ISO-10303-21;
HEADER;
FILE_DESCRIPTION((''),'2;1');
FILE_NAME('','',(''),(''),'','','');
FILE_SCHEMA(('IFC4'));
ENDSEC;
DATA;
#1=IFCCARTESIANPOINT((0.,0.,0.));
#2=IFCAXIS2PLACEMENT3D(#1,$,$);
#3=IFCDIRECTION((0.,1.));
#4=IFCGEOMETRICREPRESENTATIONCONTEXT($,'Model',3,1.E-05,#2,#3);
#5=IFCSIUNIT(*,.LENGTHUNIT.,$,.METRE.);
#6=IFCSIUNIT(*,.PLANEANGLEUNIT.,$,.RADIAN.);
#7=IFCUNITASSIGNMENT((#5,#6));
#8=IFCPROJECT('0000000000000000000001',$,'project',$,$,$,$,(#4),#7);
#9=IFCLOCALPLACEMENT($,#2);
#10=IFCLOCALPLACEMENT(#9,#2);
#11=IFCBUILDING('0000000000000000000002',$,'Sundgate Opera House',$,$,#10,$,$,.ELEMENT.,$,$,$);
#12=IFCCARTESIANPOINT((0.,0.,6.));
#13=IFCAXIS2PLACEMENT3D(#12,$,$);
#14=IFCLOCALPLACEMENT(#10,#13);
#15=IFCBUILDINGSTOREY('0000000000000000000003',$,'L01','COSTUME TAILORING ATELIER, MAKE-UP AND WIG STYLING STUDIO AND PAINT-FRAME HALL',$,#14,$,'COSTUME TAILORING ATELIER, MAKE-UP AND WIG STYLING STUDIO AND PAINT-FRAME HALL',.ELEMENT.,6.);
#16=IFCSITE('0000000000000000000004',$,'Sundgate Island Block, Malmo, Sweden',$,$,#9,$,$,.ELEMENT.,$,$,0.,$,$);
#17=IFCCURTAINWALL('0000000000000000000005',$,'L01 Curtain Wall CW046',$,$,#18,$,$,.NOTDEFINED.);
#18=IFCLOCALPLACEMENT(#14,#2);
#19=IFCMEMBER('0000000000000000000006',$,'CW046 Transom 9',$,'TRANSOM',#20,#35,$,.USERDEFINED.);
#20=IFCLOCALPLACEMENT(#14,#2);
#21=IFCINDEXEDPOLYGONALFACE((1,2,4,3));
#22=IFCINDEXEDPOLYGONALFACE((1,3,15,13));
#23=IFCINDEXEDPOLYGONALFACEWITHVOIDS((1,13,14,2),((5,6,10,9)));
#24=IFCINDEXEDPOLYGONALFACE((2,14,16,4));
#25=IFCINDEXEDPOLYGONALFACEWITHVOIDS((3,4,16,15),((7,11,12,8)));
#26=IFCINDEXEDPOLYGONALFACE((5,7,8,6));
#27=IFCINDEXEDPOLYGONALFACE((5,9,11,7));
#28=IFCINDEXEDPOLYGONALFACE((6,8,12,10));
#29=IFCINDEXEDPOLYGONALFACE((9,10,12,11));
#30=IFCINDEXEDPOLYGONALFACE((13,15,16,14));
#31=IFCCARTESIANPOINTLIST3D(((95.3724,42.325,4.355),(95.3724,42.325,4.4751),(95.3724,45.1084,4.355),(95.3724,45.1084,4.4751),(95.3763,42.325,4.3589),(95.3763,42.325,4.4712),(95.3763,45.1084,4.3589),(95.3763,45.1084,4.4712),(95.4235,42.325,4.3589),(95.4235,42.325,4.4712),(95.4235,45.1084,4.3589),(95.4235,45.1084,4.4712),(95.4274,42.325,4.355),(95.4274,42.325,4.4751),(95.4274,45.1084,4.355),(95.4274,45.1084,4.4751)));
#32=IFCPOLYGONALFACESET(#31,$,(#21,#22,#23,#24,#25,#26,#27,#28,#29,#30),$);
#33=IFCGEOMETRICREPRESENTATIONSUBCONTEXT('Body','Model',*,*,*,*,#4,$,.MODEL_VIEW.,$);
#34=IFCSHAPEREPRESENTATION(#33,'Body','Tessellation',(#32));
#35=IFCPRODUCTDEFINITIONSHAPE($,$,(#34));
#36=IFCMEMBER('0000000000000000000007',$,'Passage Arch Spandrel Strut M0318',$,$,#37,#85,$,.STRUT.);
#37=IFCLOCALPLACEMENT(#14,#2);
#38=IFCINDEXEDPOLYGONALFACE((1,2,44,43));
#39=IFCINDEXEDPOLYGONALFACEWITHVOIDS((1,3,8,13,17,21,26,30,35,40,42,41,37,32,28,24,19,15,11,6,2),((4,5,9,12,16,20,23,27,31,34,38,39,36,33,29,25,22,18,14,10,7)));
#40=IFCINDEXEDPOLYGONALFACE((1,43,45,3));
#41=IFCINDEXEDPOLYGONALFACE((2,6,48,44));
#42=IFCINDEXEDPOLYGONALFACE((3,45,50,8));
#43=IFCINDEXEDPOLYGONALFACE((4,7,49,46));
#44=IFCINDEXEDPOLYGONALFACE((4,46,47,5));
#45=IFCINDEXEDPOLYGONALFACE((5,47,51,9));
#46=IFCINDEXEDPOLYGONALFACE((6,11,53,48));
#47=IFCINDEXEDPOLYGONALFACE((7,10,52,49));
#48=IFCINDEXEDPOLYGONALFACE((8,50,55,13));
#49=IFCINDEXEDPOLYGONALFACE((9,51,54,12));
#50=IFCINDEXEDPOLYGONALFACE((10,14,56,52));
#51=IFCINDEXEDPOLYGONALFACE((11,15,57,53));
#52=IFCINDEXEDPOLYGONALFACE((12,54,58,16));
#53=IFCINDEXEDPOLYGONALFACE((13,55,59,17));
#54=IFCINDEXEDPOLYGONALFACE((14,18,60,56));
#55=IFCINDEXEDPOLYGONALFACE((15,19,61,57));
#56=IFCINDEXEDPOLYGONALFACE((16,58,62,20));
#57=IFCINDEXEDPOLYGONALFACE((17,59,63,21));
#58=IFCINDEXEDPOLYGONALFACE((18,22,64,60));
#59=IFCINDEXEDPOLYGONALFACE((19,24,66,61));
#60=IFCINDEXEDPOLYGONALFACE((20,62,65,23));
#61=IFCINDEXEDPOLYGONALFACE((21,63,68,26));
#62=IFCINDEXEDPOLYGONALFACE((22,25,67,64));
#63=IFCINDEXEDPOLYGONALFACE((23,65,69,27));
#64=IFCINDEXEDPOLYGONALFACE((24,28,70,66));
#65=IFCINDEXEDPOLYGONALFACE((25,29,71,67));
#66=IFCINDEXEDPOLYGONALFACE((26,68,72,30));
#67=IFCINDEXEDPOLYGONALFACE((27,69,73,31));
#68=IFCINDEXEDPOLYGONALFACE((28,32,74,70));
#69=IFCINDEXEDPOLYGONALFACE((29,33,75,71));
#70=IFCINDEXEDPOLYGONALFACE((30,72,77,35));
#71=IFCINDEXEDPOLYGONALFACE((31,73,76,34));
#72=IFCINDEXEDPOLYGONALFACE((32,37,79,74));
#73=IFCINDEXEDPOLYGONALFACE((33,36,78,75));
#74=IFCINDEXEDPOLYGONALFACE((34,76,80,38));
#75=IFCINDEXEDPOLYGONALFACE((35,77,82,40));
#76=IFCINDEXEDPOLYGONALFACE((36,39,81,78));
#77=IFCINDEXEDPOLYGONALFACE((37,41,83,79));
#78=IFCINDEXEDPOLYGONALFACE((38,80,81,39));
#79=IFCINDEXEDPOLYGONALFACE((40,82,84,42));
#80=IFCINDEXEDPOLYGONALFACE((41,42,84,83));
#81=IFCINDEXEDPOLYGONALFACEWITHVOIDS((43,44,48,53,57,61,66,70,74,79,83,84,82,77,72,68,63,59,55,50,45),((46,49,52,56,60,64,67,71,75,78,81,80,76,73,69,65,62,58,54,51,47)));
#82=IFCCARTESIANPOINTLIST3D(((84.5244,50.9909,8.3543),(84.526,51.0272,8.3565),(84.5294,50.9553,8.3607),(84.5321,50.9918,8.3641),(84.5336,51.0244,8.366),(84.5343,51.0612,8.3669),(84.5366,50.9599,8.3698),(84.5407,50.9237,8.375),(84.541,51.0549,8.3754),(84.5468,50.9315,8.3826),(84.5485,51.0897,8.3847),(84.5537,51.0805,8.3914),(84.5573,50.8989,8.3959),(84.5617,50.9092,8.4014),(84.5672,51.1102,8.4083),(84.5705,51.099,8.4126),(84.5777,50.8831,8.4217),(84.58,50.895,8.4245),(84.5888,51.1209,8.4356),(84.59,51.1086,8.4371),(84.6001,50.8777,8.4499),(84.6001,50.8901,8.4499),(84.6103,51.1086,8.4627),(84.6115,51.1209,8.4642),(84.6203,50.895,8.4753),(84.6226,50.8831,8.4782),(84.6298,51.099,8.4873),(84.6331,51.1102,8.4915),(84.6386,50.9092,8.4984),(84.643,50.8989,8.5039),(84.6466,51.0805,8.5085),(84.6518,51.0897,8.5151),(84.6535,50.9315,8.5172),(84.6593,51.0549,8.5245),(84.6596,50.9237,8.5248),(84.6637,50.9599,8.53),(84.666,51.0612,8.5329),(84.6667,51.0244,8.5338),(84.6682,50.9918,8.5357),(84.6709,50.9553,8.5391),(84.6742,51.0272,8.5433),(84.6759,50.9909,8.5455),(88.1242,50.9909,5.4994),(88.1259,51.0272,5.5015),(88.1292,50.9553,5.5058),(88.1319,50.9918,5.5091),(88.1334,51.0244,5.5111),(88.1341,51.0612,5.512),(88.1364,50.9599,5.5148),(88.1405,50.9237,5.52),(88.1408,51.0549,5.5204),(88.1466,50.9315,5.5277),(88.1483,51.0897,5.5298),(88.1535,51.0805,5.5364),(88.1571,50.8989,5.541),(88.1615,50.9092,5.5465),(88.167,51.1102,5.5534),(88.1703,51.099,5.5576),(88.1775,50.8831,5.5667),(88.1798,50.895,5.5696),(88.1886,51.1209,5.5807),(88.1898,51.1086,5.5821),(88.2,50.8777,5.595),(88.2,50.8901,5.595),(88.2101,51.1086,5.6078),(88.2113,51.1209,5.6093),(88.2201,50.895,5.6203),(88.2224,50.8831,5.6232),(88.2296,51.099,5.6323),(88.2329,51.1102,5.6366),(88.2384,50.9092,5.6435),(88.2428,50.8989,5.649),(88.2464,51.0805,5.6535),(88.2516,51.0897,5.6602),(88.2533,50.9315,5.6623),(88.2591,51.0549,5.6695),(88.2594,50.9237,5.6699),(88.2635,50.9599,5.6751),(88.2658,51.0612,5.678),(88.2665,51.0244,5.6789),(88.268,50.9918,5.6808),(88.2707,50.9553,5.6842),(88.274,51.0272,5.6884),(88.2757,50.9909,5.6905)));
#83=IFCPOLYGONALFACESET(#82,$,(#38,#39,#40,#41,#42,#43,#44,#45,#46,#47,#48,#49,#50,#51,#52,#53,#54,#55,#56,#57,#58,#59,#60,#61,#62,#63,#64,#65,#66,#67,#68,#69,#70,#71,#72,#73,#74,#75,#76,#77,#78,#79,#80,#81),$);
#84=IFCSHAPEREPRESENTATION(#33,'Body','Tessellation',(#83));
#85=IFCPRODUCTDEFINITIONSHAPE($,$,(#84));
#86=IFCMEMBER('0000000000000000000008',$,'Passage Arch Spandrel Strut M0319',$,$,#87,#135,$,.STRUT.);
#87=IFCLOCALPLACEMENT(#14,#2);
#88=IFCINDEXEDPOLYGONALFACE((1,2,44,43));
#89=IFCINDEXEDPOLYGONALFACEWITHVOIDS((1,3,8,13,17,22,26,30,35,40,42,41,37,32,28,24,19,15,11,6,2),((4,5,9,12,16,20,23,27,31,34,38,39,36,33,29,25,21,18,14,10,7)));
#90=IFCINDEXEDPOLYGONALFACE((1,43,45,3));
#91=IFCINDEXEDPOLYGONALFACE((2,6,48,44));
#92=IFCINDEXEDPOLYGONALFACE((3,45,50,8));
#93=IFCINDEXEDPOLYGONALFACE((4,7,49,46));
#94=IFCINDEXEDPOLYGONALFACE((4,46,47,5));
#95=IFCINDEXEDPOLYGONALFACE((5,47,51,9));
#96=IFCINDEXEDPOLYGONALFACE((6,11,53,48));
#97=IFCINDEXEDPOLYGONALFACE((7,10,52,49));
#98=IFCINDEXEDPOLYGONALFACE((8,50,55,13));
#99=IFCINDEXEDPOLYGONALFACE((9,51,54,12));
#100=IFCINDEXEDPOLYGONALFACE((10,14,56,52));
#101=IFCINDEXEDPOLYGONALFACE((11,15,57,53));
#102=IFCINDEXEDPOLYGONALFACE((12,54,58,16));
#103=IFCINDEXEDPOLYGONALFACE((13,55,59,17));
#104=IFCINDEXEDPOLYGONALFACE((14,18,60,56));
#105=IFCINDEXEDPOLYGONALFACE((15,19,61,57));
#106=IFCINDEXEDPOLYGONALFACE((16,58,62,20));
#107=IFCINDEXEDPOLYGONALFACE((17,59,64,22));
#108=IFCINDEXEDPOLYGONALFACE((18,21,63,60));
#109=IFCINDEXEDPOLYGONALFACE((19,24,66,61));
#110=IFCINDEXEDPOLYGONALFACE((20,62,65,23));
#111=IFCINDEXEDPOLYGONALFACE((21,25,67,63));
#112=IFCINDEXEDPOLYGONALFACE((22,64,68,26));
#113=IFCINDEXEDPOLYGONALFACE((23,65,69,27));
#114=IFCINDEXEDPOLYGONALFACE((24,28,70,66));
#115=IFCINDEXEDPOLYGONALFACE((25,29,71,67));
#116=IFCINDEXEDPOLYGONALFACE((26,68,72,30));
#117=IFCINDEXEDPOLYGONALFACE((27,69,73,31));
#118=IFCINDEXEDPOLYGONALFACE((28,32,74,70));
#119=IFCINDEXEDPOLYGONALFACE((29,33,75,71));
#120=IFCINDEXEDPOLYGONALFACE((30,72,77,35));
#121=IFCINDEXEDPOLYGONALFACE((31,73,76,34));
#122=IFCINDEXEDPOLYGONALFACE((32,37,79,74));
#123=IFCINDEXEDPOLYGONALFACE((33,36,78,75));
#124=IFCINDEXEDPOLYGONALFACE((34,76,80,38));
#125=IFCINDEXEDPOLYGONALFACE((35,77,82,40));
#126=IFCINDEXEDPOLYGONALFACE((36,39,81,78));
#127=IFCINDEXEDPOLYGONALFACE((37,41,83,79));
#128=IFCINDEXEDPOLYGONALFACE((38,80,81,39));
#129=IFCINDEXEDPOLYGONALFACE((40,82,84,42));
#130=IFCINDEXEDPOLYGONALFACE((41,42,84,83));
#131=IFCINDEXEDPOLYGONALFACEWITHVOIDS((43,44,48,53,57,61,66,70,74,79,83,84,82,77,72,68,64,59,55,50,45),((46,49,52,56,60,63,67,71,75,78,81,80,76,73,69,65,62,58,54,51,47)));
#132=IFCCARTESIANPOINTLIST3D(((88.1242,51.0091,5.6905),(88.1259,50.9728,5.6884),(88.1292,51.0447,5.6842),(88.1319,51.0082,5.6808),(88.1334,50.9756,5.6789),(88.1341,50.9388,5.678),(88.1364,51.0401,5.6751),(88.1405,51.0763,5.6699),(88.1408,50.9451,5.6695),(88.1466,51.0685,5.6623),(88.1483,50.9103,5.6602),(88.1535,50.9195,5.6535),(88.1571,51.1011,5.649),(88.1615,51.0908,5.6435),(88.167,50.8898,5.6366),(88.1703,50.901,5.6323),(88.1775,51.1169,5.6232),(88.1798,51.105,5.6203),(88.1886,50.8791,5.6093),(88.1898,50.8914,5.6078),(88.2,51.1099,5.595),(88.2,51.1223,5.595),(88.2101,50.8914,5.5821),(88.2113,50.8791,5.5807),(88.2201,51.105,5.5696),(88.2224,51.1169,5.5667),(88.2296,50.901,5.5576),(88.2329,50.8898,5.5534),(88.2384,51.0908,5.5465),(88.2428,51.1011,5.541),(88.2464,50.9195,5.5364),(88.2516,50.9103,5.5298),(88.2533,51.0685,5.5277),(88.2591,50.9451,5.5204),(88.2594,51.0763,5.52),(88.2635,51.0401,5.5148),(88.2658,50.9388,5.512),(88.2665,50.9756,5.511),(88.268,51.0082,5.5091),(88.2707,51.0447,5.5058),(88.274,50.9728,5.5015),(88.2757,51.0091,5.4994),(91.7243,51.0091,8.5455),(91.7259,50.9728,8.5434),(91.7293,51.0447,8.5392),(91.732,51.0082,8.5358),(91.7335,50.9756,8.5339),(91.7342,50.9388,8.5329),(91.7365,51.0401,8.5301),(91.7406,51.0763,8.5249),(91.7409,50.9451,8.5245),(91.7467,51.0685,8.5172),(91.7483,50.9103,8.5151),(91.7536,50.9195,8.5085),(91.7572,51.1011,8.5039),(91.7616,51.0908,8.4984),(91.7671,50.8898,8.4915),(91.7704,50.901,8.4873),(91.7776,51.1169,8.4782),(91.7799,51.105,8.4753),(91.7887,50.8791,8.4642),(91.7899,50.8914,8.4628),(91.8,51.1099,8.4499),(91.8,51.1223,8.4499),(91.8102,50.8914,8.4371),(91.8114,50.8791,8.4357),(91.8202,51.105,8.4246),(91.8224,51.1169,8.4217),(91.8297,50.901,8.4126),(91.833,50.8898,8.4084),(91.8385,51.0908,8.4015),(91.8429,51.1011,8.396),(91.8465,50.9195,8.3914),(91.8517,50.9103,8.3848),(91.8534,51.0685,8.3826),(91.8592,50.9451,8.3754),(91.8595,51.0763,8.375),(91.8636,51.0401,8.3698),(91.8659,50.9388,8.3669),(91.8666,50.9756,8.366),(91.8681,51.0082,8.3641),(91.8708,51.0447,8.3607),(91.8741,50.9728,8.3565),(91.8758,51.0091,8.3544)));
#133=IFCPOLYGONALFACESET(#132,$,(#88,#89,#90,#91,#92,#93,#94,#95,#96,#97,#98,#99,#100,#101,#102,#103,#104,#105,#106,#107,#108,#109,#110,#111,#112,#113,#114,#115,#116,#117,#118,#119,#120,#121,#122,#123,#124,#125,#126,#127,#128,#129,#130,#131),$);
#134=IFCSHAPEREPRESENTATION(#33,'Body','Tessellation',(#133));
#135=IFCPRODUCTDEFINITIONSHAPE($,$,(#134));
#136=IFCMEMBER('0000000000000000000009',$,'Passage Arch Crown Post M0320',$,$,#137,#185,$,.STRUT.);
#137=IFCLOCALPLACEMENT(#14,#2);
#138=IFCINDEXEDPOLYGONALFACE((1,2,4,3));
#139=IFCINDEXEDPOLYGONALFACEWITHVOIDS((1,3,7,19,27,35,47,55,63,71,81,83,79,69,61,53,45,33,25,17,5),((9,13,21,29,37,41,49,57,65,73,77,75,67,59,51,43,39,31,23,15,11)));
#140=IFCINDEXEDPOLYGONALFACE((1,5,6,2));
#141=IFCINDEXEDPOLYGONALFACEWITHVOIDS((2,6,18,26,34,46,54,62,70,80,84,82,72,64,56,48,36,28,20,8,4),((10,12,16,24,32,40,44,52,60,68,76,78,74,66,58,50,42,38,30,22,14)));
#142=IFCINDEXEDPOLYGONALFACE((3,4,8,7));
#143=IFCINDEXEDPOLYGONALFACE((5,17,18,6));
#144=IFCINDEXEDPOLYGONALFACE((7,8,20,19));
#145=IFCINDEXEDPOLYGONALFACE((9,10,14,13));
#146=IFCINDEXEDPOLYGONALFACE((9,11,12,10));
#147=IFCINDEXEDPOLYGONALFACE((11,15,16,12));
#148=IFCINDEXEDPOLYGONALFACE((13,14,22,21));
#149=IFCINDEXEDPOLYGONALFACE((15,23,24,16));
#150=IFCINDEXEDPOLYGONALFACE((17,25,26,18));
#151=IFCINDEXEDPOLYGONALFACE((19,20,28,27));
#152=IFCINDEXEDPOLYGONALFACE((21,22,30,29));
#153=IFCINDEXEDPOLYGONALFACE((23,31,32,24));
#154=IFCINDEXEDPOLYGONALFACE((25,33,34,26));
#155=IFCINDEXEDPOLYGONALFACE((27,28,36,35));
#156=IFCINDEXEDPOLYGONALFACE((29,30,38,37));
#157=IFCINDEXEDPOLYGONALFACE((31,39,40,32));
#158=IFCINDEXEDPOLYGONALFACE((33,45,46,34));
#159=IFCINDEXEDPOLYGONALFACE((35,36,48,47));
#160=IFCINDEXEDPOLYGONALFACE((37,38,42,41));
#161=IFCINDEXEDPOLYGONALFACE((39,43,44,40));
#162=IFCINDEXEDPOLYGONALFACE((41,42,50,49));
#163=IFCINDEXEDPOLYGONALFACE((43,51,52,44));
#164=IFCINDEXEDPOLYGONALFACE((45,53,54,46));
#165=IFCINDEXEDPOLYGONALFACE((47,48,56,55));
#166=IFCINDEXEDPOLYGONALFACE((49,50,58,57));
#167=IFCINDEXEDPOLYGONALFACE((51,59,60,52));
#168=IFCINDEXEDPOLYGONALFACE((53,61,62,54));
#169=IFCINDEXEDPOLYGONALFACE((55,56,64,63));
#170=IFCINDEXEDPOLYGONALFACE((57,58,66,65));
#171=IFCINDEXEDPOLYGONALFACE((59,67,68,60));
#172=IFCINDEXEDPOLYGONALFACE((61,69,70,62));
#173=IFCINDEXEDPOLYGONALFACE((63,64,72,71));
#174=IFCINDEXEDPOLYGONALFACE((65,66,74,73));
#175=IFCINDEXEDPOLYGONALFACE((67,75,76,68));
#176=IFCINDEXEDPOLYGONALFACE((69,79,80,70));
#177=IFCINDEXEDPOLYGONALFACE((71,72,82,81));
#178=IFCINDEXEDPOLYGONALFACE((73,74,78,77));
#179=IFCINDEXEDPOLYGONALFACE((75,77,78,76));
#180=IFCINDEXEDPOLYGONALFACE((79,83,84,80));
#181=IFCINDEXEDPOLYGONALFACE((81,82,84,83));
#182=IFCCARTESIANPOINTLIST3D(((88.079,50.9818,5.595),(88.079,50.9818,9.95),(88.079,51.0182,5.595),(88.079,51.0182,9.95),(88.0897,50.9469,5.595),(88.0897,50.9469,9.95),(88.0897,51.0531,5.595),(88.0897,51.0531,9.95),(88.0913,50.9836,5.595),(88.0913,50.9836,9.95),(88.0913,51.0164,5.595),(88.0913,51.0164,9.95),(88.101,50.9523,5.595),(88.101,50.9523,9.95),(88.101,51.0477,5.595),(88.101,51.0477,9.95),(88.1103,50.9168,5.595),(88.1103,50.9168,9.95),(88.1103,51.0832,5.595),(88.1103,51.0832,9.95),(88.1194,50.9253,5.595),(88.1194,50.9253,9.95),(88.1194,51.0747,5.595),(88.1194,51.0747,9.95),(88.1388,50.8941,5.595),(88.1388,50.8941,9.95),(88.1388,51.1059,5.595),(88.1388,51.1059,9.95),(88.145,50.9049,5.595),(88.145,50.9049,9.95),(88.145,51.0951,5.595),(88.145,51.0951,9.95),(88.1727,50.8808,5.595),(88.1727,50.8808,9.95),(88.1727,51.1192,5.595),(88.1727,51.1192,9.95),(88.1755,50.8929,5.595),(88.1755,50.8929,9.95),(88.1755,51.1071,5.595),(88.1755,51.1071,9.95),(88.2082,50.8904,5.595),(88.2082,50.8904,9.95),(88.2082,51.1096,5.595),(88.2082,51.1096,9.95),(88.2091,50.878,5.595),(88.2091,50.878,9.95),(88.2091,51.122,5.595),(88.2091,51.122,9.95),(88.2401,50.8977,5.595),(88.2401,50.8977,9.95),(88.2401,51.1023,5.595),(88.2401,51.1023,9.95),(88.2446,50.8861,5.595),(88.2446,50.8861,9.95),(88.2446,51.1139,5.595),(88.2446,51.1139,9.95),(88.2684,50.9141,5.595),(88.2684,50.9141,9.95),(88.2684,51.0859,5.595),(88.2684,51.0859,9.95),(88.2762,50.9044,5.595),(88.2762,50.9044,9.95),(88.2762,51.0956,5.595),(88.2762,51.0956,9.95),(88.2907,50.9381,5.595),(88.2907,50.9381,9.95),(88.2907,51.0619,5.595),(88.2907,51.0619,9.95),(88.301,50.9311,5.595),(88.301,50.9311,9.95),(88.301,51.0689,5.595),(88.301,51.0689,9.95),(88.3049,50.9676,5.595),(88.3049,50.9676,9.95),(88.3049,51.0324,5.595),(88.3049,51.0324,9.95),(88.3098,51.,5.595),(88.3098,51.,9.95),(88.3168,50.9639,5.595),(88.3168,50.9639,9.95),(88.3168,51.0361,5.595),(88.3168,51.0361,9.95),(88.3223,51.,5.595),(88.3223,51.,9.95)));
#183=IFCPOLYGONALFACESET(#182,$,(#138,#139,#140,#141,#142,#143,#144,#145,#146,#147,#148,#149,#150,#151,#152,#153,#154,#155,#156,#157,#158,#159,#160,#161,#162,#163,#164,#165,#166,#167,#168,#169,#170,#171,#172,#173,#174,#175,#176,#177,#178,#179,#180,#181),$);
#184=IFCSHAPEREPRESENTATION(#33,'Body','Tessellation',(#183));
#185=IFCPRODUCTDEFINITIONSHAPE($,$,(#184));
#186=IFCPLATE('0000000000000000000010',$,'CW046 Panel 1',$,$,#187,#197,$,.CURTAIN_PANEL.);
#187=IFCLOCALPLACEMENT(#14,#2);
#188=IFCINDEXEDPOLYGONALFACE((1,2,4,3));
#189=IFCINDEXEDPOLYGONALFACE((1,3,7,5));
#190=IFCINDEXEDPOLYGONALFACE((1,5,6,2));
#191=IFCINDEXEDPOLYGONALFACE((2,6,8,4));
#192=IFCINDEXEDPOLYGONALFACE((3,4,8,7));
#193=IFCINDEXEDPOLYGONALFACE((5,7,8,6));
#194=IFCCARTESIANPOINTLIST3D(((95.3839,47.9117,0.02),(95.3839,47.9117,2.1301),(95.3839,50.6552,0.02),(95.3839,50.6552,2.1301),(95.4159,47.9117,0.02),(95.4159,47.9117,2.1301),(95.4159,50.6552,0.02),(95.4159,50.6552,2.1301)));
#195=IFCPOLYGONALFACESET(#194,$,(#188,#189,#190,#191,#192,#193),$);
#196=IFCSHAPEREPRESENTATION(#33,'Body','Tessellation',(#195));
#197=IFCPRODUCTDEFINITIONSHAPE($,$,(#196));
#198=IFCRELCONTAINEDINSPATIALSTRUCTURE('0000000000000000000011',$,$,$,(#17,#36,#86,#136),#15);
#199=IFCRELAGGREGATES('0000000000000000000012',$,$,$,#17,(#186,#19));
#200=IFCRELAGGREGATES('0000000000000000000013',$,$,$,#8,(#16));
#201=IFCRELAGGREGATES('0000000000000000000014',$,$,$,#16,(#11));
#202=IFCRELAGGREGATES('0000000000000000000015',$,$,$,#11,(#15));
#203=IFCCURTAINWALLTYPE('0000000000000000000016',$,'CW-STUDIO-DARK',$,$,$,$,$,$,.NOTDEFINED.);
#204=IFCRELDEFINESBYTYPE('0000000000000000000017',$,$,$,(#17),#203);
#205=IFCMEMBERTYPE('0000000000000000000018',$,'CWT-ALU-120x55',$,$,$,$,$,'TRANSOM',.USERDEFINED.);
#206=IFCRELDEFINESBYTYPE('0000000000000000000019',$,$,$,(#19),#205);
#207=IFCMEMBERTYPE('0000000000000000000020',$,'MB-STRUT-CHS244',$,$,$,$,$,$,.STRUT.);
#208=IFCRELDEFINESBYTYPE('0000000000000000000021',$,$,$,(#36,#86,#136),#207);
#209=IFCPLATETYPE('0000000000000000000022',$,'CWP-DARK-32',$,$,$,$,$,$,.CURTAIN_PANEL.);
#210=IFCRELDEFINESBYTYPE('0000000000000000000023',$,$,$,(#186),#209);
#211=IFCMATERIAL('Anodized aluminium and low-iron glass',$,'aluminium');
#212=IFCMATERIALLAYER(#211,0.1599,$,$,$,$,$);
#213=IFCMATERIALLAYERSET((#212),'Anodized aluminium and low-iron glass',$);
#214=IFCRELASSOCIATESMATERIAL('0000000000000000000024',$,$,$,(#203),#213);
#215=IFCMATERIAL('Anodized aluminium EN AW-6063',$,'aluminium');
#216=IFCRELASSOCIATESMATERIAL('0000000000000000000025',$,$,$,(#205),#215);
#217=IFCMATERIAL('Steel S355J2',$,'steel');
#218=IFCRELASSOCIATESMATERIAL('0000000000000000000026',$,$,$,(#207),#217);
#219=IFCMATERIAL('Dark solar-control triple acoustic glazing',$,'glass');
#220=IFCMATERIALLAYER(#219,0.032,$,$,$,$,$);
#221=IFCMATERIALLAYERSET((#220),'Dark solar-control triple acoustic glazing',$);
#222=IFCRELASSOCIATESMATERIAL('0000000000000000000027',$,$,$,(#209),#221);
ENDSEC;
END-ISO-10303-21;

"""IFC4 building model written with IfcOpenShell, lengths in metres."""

from ifc_helpers import new_model, si_unit, direction, frame, origin, origin_2d, place, context, subcontext, project, spatial, rectangle, hollow_rectangle, hollow_circle, extrude, material, layer, layer_set, material_profile, profile_set, type_object, element, aggregate, save


model = new_model("IFC4")

# Units and contexts
model_context = context("Model", 3, precision=1e-05, world=origin(), true_north=direction((0.0, 1.0)))
body_context = subcontext(model_context, "Body", "Model", "MODEL_VIEW")
ifc_project = project(units=[si_unit("LENGTHUNIT", "METRE"), si_unit("PLANEANGLEUNIT", "RADIAN")], contexts=[model_context])

# Site, building, storey
site_placement = place(None, origin())
site = spatial("IfcSite", under=ifc_project, at=site_placement, Name="Sundgate Island Block, Malmo, Sweden", CompositionType="ELEMENT", RefElevation=0.0)
building_placement = place(site_placement, origin())
building = spatial("IfcBuilding", under=site, at=building_placement, Name="Sundgate Opera House", CompositionType="ELEMENT")
storey_placement = place(building_placement, frame((0.0, 0.0, 6.0)))
storey = spatial("IfcBuildingStorey", under=building, at=storey_placement, Name="L01", Description="COSTUME TAILORING ATELIER, MAKE-UP AND WIG STYLING STUDIO AND PAINT-FRAME HALL", LongName="COSTUME TAILORING ATELIER, MAKE-UP AND WIG STYLING STUDIO AND PAINT-FRAME HALL", CompositionType="ELEMENT", Elevation=6.0)

# Curtain wall, member
ifc_material_1 = material(Name="Anodized aluminium and low-iron glass", Category="aluminium")
ifc_layer_1 = layer(ifc_material_1, 0.1599)
ifc_layer_set_1 = layer_set([ifc_layer_1], Name="Anodized aluminium and low-iron glass")
curtain_wall_type = type_object("IfcCurtainWallType", Name="CW-STUDIO-DARK", PredefinedType="NOTDEFINED", material=ifc_layer_set_1)
curtain_wall_placement = place(storey_placement, origin())
curtain_wall = element("IfcCurtainWall", 1, at=curtain_wall_placement, inside=storey, type_object=curtain_wall_type, Name="L01 Curtain Wall CW046", PredefinedType="NOTDEFINED")
ifc_material_2 = material(Name="Anodized aluminium EN AW-6063", Category="aluminium")
ifc_material_profile_1 = material_profile(ifc_material_2, hollow_rectangle(XDim=0.0549, YDim=0.1201, WallThickness=0.0039, at=origin_2d()), Name="CWT 120x55x4")
ifc_profile_set_1 = profile_set([ifc_material_profile_1], Name="Anodized aluminium EN AW-6063")
member_type_1 = type_object("IfcMemberType", Name="CWT-ALU-120x55", ElementType="TRANSOM", PredefinedType="USERDEFINED", material=ifc_profile_set_1)
member_1_placement = place(storey_placement, frame((95.3999, 45.1084, 4.415), z_axis=(0.0, -1.0, 0.0), x_axis=(1.0, 0.0, 0.0)))
member_1 = element("IfcMember", 2, at=member_1_placement, type_object=member_type_1, Name="CW046 Transom 9", ObjectType="TRANSOM", PredefinedType="USERDEFINED", context=body_context, shape_type="SweptSolid", body=[
    extrude(hollow_rectangle(XDim=0.0549, YDim=0.1201, WallThickness=0.0039, at=origin_2d()), origin(), (0.0, 0.0, 1.0), 2.7834),
])

# Members
ifc_material_3 = material(Name="Steel S355J2", Category="steel")
ifc_material_profile_2 = material_profile(ifc_material_3, hollow_circle(Radius=0.1223, WallThickness=0.0125, at=origin_2d()), Name="CHS 244.5x12.5")
ifc_profile_set_2 = profile_set([ifc_material_profile_2], Name="Steel S355J2")
member_type_2 = type_object("IfcMemberType", Name="MB-STRUT-CHS244", PredefinedType="STRUT", material=ifc_profile_set_2)
member_2_placement = place(storey_placement, frame((88.2, 51.0, 5.595), z_axis=(-0.783506, 0.0, 0.621385), x_axis=(0.0, -1.0, 0.0)))
element("IfcMember", 3, at=member_2_placement, inside=storey, type_object=member_type_2, Name="Passage Arch Spandrel Strut M0318", PredefinedType="STRUT", context=body_context, shape_type="SweptSolid", body=[
    extrude(hollow_circle(Radius=0.1223, WallThickness=0.0125, at=origin_2d()), origin(), (0.0, 0.0, 1.0), 4.5945),
])
member_3_placement = place(storey_placement, frame((88.2, 51.0, 5.595), z_axis=(0.783526, 0.0, 0.621359), x_axis=(0.0, 1.0, 0.0)))
element("IfcMember", 4, at=member_3_placement, inside=storey, type_object=member_type_2, Name="Passage Arch Spandrel Strut M0319", PredefinedType="STRUT", context=body_context, shape_type="SweptSolid", body=[
    extrude(hollow_circle(Radius=0.1223, WallThickness=0.0125, at=origin_2d()), origin(), (0.0, 0.0, 1.0), 4.5947),
])
member_4_placement = place(storey_placement, frame((88.2, 51.0, 5.595), z_axis=(0.0, 0.0, 1.0), x_axis=(1.0, 0.0, 0.0)))
element("IfcMember", 5, at=member_4_placement, inside=storey, type_object=member_type_2, Name="Passage Arch Crown Post M0320", PredefinedType="STRUT", context=body_context, shape_type="SweptSolid", body=[
    extrude(hollow_circle(Radius=0.1223, WallThickness=0.0125, at=origin_2d()), origin(), (0.0, 0.0, 1.0), 4.355),
])

# Plate
ifc_material_4 = material(Name="Dark solar-control triple acoustic glazing", Category="glass")
ifc_layer_2 = layer(ifc_material_4, 0.032)
ifc_layer_set_2 = layer_set([ifc_layer_2], Name="Dark solar-control triple acoustic glazing")
plate_type_1 = type_object("IfcPlateType", Name="CWP-DARK-32", PredefinedType="CURTAIN_PANEL", material=ifc_layer_set_2)
plate_1_placement = place(storey_placement, frame((95.3999, 49.2834, 0.02), z_axis=(0.0, 0.0, 1.0), x_axis=(0.0, -1.0, 0.0)))
plate_1 = element("IfcPlate", 6, at=plate_1_placement, type_object=plate_type_1, Name="CW046 Panel 1", PredefinedType="CURTAIN_PANEL", context=body_context, shape_type="SweptSolid", body=[
    extrude(rectangle(XDim=2.7434, YDim=0.032, at=origin_2d()), origin(), (0.0, 0.0, 1.0), 2.1101),
])
aggregate(curtain_wall, [plate_1, member_1])

save(model, "model.ifc")
